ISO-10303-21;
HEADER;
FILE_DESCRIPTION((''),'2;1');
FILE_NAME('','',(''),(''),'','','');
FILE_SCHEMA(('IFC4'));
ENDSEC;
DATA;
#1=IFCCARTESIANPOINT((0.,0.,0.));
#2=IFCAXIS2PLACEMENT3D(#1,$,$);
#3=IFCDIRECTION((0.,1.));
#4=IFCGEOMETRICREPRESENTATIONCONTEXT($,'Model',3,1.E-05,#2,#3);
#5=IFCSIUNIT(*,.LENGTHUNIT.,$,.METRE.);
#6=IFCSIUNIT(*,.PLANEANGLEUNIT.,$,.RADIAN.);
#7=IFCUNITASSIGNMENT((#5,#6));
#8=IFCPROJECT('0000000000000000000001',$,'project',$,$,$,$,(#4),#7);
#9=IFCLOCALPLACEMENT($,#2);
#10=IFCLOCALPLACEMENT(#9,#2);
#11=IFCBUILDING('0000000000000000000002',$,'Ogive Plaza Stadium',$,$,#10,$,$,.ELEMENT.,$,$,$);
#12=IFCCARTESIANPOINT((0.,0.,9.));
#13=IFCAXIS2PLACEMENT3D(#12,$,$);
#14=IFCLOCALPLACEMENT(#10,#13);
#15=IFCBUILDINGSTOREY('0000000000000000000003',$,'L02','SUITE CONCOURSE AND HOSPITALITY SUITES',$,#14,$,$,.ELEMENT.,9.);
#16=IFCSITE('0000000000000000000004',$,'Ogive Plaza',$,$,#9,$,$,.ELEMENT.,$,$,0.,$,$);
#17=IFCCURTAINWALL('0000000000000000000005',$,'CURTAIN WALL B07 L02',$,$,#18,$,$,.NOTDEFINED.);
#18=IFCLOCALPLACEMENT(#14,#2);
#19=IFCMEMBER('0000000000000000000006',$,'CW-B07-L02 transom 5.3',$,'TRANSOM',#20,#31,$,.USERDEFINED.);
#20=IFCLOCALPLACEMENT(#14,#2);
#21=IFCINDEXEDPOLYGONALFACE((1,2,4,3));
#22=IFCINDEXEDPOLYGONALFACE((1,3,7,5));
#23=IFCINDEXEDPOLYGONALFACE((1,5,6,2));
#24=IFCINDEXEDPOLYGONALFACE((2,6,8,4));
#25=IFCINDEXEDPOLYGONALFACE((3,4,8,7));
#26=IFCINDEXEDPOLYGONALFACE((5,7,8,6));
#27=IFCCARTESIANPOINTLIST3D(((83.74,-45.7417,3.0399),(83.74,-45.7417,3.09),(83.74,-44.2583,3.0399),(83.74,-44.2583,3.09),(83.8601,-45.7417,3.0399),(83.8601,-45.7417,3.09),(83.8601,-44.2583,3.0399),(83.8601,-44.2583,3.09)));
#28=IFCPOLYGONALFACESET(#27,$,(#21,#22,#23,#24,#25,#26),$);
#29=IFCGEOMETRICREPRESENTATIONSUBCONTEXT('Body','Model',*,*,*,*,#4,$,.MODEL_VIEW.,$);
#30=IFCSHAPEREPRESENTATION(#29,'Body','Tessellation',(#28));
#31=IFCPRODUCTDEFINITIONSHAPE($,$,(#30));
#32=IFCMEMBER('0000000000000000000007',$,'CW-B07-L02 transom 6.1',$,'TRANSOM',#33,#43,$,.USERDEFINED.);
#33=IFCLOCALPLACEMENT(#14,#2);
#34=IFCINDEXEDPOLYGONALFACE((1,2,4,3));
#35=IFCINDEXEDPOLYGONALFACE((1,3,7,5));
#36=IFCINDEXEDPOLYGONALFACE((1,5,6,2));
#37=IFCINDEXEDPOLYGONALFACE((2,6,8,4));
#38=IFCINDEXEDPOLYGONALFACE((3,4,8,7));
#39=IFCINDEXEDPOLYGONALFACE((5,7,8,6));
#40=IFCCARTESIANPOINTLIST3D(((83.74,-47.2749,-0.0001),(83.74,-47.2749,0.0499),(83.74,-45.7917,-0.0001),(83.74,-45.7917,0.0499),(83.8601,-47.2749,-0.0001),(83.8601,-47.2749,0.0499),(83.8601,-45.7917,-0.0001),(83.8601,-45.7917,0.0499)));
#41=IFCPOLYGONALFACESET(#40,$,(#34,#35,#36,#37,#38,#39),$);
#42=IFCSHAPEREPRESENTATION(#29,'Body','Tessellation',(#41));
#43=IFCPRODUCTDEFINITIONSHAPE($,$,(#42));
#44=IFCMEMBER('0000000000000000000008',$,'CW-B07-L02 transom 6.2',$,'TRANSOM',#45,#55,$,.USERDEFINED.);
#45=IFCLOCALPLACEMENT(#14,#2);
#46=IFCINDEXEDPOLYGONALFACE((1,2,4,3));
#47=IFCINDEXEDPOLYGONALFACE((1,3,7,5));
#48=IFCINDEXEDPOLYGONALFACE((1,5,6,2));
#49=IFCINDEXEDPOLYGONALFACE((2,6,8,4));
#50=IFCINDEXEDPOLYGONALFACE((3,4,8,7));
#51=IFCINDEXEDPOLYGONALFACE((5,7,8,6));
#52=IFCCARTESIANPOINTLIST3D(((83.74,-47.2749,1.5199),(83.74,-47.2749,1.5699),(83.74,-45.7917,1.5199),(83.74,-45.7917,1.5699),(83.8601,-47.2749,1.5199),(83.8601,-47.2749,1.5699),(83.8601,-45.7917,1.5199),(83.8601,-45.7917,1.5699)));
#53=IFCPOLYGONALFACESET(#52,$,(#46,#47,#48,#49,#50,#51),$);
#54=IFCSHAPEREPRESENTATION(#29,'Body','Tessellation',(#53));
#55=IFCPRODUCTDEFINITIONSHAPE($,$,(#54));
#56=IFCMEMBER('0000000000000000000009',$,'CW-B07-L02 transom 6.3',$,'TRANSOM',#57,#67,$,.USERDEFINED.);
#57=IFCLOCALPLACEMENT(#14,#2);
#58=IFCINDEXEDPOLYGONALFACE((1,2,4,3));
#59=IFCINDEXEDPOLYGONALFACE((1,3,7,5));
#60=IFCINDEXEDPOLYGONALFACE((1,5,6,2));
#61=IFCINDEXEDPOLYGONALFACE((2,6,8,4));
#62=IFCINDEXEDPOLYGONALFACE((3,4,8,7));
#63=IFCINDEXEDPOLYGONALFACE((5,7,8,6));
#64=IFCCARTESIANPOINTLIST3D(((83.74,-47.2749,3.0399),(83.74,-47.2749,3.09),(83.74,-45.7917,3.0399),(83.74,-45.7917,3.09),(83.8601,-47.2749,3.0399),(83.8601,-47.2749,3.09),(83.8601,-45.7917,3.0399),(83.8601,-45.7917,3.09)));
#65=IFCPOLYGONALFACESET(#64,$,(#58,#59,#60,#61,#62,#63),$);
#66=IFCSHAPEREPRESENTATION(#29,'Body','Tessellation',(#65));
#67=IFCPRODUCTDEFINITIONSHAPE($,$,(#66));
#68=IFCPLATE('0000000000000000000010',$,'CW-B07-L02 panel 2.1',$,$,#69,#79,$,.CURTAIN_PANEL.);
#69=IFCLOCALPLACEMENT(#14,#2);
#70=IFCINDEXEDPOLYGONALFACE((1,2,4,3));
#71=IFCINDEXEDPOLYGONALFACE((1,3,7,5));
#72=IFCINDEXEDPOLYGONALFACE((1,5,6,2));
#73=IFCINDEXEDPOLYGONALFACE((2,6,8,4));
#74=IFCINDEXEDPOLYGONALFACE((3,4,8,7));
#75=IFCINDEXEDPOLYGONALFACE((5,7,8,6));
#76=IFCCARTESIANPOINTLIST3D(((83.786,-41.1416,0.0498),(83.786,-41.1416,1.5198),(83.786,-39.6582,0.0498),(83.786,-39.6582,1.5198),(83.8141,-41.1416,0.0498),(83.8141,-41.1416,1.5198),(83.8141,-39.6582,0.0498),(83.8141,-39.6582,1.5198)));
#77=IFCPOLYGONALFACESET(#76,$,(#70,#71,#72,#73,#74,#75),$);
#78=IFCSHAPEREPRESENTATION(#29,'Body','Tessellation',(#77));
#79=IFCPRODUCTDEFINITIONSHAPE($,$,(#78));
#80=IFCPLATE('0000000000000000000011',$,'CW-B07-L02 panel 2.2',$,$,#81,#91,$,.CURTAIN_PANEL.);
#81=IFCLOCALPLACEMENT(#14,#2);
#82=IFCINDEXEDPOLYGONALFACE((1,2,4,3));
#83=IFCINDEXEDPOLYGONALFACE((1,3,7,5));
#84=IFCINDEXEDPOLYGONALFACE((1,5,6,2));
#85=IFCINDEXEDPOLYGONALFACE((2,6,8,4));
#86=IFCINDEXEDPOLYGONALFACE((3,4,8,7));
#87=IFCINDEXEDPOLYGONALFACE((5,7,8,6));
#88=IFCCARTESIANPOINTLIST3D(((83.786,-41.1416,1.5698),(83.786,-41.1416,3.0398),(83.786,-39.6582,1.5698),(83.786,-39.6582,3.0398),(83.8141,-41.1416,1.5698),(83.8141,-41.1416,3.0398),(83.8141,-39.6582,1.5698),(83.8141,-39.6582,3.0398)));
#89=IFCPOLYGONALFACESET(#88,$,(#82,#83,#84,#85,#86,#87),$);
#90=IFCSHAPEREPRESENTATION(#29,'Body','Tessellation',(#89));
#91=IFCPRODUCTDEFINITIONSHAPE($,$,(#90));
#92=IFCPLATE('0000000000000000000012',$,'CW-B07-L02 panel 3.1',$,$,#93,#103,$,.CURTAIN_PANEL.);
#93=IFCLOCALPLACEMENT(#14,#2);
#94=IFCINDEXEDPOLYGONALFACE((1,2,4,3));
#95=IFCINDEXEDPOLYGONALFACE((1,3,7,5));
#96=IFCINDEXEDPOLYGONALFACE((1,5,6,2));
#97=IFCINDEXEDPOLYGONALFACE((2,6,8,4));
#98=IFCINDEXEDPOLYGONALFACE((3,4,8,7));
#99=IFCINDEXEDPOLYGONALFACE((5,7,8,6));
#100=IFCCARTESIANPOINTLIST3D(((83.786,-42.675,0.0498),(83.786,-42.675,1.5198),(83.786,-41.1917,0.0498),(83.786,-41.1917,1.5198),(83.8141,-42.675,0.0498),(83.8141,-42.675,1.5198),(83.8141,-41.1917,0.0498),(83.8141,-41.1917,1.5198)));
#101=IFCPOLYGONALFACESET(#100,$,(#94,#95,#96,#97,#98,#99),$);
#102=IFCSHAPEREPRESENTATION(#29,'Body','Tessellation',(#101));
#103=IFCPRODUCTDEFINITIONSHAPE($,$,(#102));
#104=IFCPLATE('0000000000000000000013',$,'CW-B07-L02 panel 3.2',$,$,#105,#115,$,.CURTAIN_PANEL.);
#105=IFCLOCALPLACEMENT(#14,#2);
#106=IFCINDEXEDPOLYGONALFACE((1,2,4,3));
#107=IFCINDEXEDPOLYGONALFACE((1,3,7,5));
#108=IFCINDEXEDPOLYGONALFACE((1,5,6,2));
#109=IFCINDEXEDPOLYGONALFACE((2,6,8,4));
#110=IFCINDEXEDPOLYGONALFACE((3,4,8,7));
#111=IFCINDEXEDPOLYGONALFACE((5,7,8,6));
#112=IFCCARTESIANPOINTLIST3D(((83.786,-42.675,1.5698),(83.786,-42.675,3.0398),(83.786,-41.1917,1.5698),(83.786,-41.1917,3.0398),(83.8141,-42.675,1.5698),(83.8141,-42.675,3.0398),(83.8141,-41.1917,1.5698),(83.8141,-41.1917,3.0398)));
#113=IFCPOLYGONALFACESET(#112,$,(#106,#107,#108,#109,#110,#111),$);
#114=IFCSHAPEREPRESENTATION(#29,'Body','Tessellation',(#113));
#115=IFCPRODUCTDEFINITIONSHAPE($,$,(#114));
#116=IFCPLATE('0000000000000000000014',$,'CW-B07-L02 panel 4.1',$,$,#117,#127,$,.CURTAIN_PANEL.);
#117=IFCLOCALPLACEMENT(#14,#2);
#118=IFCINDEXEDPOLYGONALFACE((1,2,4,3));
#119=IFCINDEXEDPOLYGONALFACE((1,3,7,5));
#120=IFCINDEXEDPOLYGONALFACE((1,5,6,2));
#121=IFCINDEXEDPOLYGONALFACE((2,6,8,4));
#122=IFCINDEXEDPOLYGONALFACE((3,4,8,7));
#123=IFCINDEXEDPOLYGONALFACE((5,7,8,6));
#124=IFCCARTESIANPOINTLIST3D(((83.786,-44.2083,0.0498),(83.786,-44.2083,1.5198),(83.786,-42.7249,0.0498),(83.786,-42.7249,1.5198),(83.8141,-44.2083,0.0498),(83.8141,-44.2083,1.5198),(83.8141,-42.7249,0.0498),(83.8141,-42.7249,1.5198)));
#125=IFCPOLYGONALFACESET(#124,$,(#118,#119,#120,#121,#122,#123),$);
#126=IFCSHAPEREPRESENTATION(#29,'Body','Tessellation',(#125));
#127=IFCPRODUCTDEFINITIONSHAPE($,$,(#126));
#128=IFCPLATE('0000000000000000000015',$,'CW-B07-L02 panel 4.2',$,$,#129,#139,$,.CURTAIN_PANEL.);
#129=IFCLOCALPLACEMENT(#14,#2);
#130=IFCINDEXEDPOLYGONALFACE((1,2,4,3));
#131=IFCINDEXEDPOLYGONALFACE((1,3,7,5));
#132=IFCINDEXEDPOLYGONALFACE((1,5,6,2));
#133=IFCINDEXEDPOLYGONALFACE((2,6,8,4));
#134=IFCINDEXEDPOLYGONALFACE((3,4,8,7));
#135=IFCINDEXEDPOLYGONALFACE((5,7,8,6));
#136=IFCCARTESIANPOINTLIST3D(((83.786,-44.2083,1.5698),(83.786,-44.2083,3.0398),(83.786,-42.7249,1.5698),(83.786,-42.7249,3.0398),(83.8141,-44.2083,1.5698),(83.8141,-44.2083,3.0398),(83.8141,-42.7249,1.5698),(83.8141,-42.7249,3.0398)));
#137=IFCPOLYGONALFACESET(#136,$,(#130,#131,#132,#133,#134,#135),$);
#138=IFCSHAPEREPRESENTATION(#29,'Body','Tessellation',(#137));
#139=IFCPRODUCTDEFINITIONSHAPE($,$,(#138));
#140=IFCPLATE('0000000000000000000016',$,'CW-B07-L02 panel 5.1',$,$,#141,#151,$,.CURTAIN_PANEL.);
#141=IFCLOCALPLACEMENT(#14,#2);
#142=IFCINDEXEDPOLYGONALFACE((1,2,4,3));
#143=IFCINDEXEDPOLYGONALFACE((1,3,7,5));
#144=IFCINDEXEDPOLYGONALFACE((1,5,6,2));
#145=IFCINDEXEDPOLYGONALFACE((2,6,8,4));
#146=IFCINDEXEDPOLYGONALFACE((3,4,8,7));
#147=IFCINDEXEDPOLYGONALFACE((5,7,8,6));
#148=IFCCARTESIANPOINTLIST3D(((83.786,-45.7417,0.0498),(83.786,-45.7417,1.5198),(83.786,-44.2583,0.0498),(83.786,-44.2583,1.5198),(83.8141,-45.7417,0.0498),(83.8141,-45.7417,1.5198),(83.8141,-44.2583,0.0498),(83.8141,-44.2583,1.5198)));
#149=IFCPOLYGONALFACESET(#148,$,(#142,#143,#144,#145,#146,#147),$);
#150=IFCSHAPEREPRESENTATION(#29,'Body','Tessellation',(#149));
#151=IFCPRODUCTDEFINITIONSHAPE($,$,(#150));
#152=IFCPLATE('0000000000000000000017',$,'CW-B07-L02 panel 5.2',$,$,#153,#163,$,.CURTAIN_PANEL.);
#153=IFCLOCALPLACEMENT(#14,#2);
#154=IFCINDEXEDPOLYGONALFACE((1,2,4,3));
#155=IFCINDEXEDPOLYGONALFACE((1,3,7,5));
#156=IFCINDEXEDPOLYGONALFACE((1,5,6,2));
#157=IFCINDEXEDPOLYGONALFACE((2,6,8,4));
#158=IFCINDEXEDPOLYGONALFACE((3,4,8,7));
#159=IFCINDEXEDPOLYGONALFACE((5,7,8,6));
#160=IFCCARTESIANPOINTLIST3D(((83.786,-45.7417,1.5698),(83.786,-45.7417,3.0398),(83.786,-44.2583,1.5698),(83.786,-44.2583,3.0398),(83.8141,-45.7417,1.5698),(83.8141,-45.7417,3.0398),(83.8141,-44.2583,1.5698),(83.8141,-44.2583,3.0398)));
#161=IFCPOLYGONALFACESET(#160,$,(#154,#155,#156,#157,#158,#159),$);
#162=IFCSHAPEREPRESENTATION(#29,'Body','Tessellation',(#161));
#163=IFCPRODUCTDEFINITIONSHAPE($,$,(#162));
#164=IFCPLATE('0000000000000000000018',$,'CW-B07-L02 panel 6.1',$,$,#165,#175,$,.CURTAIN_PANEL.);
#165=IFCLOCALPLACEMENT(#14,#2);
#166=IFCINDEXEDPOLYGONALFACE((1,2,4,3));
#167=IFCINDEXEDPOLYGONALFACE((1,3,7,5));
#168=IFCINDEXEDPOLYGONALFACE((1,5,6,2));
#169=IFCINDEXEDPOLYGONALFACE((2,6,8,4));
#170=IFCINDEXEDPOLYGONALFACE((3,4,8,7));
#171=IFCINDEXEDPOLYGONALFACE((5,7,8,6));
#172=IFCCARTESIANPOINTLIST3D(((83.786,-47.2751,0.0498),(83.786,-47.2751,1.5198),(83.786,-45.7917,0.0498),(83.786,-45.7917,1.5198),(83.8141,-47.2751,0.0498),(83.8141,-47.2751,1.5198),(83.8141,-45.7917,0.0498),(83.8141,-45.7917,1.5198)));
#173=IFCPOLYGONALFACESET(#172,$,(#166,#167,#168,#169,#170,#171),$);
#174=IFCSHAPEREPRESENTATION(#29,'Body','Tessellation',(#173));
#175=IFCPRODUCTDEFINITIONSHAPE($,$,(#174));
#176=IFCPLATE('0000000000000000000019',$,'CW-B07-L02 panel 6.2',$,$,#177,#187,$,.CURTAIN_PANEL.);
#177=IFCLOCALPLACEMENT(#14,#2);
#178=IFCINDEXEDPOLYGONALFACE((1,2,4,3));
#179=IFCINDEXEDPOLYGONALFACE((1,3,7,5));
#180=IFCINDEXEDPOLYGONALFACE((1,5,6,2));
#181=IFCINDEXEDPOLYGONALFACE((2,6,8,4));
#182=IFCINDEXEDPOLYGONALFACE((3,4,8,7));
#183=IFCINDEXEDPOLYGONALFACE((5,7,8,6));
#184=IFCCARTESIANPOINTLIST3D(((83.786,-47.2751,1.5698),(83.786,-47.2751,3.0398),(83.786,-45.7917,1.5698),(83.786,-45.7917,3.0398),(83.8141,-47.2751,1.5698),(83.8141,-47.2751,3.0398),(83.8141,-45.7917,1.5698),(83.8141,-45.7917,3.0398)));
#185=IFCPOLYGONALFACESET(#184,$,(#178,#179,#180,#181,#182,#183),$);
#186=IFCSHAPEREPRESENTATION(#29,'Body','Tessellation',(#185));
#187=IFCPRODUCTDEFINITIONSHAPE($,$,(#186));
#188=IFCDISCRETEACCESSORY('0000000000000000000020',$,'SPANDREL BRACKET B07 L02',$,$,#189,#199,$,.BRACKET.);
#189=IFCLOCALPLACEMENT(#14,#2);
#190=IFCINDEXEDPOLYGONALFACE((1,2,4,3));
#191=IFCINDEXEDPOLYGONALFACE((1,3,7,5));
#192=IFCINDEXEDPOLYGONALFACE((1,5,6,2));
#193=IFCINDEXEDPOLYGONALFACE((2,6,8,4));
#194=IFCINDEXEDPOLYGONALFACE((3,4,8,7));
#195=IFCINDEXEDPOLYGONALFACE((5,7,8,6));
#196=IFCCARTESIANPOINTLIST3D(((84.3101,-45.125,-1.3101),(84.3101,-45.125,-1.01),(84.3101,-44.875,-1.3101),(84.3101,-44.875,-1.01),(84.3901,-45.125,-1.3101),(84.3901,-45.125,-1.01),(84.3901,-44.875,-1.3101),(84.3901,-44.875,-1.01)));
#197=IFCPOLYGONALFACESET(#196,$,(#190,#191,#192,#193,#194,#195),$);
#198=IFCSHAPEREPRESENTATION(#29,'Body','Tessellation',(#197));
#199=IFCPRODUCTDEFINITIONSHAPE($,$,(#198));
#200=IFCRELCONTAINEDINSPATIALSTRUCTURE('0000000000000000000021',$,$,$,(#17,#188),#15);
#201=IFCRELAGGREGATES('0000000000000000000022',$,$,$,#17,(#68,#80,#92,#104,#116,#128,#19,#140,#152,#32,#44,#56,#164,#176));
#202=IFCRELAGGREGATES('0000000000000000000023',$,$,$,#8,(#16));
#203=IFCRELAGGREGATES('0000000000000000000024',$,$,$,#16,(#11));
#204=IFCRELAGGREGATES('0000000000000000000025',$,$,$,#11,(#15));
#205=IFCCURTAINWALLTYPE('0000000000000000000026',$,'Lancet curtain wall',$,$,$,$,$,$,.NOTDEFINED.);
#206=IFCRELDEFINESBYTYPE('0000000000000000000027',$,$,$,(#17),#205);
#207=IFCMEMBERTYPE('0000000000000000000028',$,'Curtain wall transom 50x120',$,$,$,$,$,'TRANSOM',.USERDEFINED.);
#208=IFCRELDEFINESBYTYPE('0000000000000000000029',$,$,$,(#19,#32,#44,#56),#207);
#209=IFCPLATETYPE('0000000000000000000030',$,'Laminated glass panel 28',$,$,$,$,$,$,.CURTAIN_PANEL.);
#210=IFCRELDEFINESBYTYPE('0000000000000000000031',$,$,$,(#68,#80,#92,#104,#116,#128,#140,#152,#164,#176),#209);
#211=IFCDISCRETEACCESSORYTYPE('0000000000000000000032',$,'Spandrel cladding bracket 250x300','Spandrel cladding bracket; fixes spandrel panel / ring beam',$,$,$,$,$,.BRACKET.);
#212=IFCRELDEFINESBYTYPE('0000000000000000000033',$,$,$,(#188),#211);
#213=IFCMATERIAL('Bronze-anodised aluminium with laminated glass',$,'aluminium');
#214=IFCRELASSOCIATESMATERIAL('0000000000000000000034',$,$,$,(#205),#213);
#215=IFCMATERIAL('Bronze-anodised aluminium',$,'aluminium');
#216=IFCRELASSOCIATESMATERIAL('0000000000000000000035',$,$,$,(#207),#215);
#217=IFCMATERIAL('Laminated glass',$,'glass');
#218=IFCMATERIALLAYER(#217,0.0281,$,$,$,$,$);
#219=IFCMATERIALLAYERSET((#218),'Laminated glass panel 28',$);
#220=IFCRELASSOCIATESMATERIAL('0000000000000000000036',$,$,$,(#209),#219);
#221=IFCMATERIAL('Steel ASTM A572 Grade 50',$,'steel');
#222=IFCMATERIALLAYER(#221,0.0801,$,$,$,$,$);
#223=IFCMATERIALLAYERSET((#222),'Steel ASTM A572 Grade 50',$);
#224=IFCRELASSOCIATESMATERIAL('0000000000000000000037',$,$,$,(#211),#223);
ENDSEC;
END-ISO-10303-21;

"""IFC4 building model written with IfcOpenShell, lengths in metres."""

from ifc_helpers import new_model, si_unit, direction, frame, origin, origin_2d, place, context, subcontext, project, spatial, rectangle, extrude, material, layer, layer_set, material_profile, profile_set, type_object, element, aggregate, save


model = new_model("IFC4")

# Units and contexts
model_context = context("Model", 3, precision=1e-05, world=origin(), true_north=direction((0.0, 1.0)))
body_context = subcontext(model_context, "Body", "Model", "MODEL_VIEW")
ifc_project = project(units=[si_unit("LENGTHUNIT", "METRE"), si_unit("PLANEANGLEUNIT", "RADIAN")], contexts=[model_context])

# Site, building, storey
site_placement = place(None, origin())
site = spatial("IfcSite", under=ifc_project, at=site_placement, Name="Ogive Plaza", CompositionType="ELEMENT", RefElevation=0.0)
building_placement = place(site_placement, origin())
building = spatial("IfcBuilding", under=site, at=building_placement, Name="Ogive Plaza Stadium", CompositionType="ELEMENT")
storey_placement = place(building_placement, frame((0.0, 0.0, 9.0)))
storey = spatial("IfcBuildingStorey", under=building, at=storey_placement, Name="L02", Description="SUITE CONCOURSE AND HOSPITALITY SUITES", CompositionType="ELEMENT", Elevation=9.0)

# Curtain wall, members, plates
ifc_material_1 = material(Name="Bronze-anodised aluminium with laminated glass", Category="aluminium")
curtain_wall_type = type_object("IfcCurtainWallType", Name="Lancet curtain wall", PredefinedType="NOTDEFINED", material=ifc_material_1)
curtain_wall_placement = place(storey_placement, origin())
curtain_wall = element("IfcCurtainWall", 1, at=curtain_wall_placement, inside=storey, type_object=curtain_wall_type, Name="CURTAIN WALL B07 L02", PredefinedType="NOTDEFINED")
ifc_material_2 = material(Name="Bronze-anodised aluminium", Category="aluminium")
ifc_material_profile_1 = material_profile(ifc_material_2, rectangle(XDim=0.1201, YDim=0.05, at=origin_2d()), Name="AL 120x50")
ifc_profile_set_1 = profile_set([ifc_material_profile_1], Name="Bronze-anodised aluminium")
member_type_1 = type_object("IfcMemberType", Name="Curtain wall transom 50x120", ElementType="TRANSOM", PredefinedType="USERDEFINED", material=ifc_profile_set_1)
member_1_placement = place(storey_placement, frame((83.8, -44.2583, 3.0649), z_axis=(0.0, -1.0, 0.0), x_axis=(1.0, 0.0, 0.0)))
member_1 = element("IfcMember", 2, at=member_1_placement, type_object=member_type_1, Name="CW-B07-L02 transom 5.3", ObjectType="TRANSOM", PredefinedType="USERDEFINED", context=body_context, shape_type="SweptSolid", body=[
    extrude(rectangle(XDim=0.1201, YDim=0.05, at=origin_2d()), origin(), (0.0, 0.0, 1.0), 1.4834),
])
member_2_placement = place(storey_placement, frame((83.8, -45.7917, 0.0249), z_axis=(0.0, -1.0, 0.0), x_axis=(1.0, 0.0, 0.0)))
member_2 = element("IfcMember", 3, at=member_2_placement, type_object=member_type_1, Name="CW-B07-L02 transom 6.1", ObjectType="TRANSOM", PredefinedType="USERDEFINED", context=body_context, shape_type="SweptSolid", body=[
    extrude(rectangle(XDim=0.1201, YDim=0.05, at=origin_2d()), origin(), (0.0, 0.0, 1.0), 1.4832),
])
member_3_placement = place(storey_placement, frame((83.8, -45.7917, 1.5449), z_axis=(0.0, -1.0, 0.0), x_axis=(1.0, 0.0, 0.0)))
member_3 = element("IfcMember", 4, at=member_3_placement, type_object=member_type_1, Name="CW-B07-L02 transom 6.2", ObjectType="TRANSOM", PredefinedType="USERDEFINED", context=body_context, shape_type="SweptSolid", body=[
    extrude(rectangle(XDim=0.1201, YDim=0.05, at=origin_2d()), origin(), (0.0, 0.0, 1.0), 1.4832),
])
member_4_placement = place(storey_placement, frame((83.8, -45.7917, 3.0649), z_axis=(0.0, -1.0, 0.0), x_axis=(1.0, 0.0, 0.0)))
member_4 = element("IfcMember", 5, at=member_4_placement, type_object=member_type_1, Name="CW-B07-L02 transom 6.3", ObjectType="TRANSOM", PredefinedType="USERDEFINED", context=body_context, shape_type="SweptSolid", body=[
    extrude(rectangle(XDim=0.1201, YDim=0.05, at=origin_2d()), origin(), (0.0, 0.0, 1.0), 1.4832),
])
ifc_material_3 = material(Name="Laminated glass", Category="glass")
ifc_layer_1 = layer(ifc_material_3, 0.0281)
ifc_layer_set_1 = layer_set([ifc_layer_1], Name="Laminated glass panel 28")
plate_type = type_object("IfcPlateType", Name="Laminated glass panel 28", PredefinedType="CURTAIN_PANEL", material=ifc_layer_set_1)
plate_1_placement = place(storey_placement, frame((83.8, -40.3999, 0.0498), z_axis=(0.0, 0.0, 1.0), x_axis=(0.0, -1.0, 0.0)))
plate_1 = element("IfcPlate", 6, at=plate_1_placement, type_object=plate_type, Name="CW-B07-L02 panel 2.1", PredefinedType="CURTAIN_PANEL", context=body_context, shape_type="SweptSolid", body=[
    extrude(rectangle(XDim=1.4834, YDim=0.0281, at=origin_2d()), origin(), (0.0, 0.0, 1.0), 1.47),
])
plate_2_placement = place(storey_placement, frame((83.8, -40.3999, 1.5698), z_axis=(0.0, 0.0, 1.0), x_axis=(0.0, -1.0, 0.0)))
plate_2 = element("IfcPlate", 7, at=plate_2_placement, type_object=plate_type, Name="CW-B07-L02 panel 2.2", PredefinedType="CURTAIN_PANEL", context=body_context, shape_type="SweptSolid", body=[
    extrude(rectangle(XDim=1.4834, YDim=0.0281, at=origin_2d()), origin(), (0.0, 0.0, 1.0), 1.47),
])
plate_3_placement = place(storey_placement, frame((83.8, -41.9333, 0.0498), z_axis=(0.0, 0.0, 1.0), x_axis=(0.0, -1.0, 0.0)))
plate_3 = element("IfcPlate", 8, at=plate_3_placement, type_object=plate_type, Name="CW-B07-L02 panel 3.1", PredefinedType="CURTAIN_PANEL", context=body_context, shape_type="SweptSolid", body=[
    extrude(rectangle(XDim=1.4834, YDim=0.0281, at=origin_2d()), origin(), (0.0, 0.0, 1.0), 1.47),
])
plate_4_placement = place(storey_placement, frame((83.8, -41.9333, 1.5698), z_axis=(0.0, 0.0, 1.0), x_axis=(0.0, -1.0, 0.0)))
plate_4 = element("IfcPlate", 9, at=plate_4_placement, type_object=plate_type, Name="CW-B07-L02 panel 3.2", PredefinedType="CURTAIN_PANEL", context=body_context, shape_type="SweptSolid", body=[
    extrude(rectangle(XDim=1.4834, YDim=0.0281, at=origin_2d()), origin(), (0.0, 0.0, 1.0), 1.47),
])
plate_5_placement = place(storey_placement, frame((83.8, -43.4666, 0.0498), z_axis=(0.0, 0.0, 1.0), x_axis=(0.0, -1.0, 0.0)))
plate_5 = element("IfcPlate", 10, at=plate_5_placement, type_object=plate_type, Name="CW-B07-L02 panel 4.1", PredefinedType="CURTAIN_PANEL", context=body_context, shape_type="SweptSolid", body=[
    extrude(rectangle(XDim=1.4834, YDim=0.0281, at=origin_2d()), origin(), (0.0, 0.0, 1.0), 1.47),
])
plate_6_placement = place(storey_placement, frame((83.8, -43.4666, 1.5698), z_axis=(0.0, 0.0, 1.0), x_axis=(0.0, -1.0, 0.0)))
plate_6 = element("IfcPlate", 11, at=plate_6_placement, type_object=plate_type, Name="CW-B07-L02 panel 4.2", PredefinedType="CURTAIN_PANEL", context=body_context, shape_type="SweptSolid", body=[
    extrude(rectangle(XDim=1.4834, YDim=0.0281, at=origin_2d()), origin(), (0.0, 0.0, 1.0), 1.47),
])
plate_7_placement = place(storey_placement, frame((83.8, -45.0, 0.0498), z_axis=(0.0, 0.0, 1.0), x_axis=(0.0, -1.0, 0.0)))
plate_7 = element("IfcPlate", 12, at=plate_7_placement, type_object=plate_type, Name="CW-B07-L02 panel 5.1", PredefinedType="CURTAIN_PANEL", context=body_context, shape_type="SweptSolid", body=[
    extrude(rectangle(XDim=1.4834, YDim=0.0281, at=origin_2d()), origin(), (0.0, 0.0, 1.0), 1.47),
])
plate_8_placement = place(storey_placement, frame((83.8, -45.0, 1.5698), z_axis=(0.0, 0.0, 1.0), x_axis=(0.0, -1.0, 0.0)))
plate_8 = element("IfcPlate", 13, at=plate_8_placement, type_object=plate_type, Name="CW-B07-L02 panel 5.2", PredefinedType="CURTAIN_PANEL", context=body_context, shape_type="SweptSolid", body=[
    extrude(rectangle(XDim=1.4834, YDim=0.0281, at=origin_2d()), origin(), (0.0, 0.0, 1.0), 1.47),
])
plate_9_placement = place(storey_placement, frame((83.8, -46.5334, 0.0498), z_axis=(0.0, 0.0, 1.0), x_axis=(0.0, -1.0, 0.0)))
plate_9 = element("IfcPlate", 14, at=plate_9_placement, type_object=plate_type, Name="CW-B07-L02 panel 6.1", PredefinedType="CURTAIN_PANEL", context=body_context, shape_type="SweptSolid", body=[
    extrude(rectangle(XDim=1.4834, YDim=0.0281, at=origin_2d()), origin(), (0.0, 0.0, 1.0), 1.47),
])
plate_10_placement = place(storey_placement, frame((83.8, -46.5334, 1.5698), z_axis=(0.0, 0.0, 1.0), x_axis=(0.0, -1.0, 0.0)))
plate_10 = element("IfcPlate", 15, at=plate_10_placement, type_object=plate_type, Name="CW-B07-L02 panel 6.2", PredefinedType="CURTAIN_PANEL", context=body_context, shape_type="SweptSolid", body=[
    extrude(rectangle(XDim=1.4834, YDim=0.0281, at=origin_2d()), origin(), (0.0, 0.0, 1.0), 1.47),
])
aggregate(curtain_wall, [plate_1, plate_2, plate_3, plate_4, plate_5, plate_6, member_1, plate_7, plate_8, member_2, member_3, member_4, plate_9, plate_10])

# Discrete accessory
ifc_material_4 = material(Name="Steel ASTM A572 Grade 50", Category="steel")
ifc_layer_2 = layer(ifc_material_4, 0.0801)
ifc_layer_set_2 = layer_set([ifc_layer_2], Name="Steel ASTM A572 Grade 50")
discrete_accessory_type = type_object("IfcDiscreteAccessoryType", Name="Spandrel cladding bracket 250x300", Description="Spandrel cladding bracket; fixes spandrel panel / ring beam", PredefinedType="BRACKET", material=ifc_layer_set_2)
discrete_accessory_placement = place(storey_placement, frame((84.3501, -45.0, -1.3101), z_axis=(0.0, 0.0, 1.0), x_axis=(0.0, -1.0, 0.0)))
element("IfcDiscreteAccessory", 16, at=discrete_accessory_placement, inside=storey, type_object=discrete_accessory_type, Name="SPANDREL BRACKET B07 L02", PredefinedType="BRACKET", context=body_context, shape_type="SweptSolid", body=[
    extrude(rectangle(XDim=0.25, YDim=0.0801, at=origin_2d()), origin(), (0.0, 0.0, 1.0), 0.3),
])

save(model, "model.ifc")
